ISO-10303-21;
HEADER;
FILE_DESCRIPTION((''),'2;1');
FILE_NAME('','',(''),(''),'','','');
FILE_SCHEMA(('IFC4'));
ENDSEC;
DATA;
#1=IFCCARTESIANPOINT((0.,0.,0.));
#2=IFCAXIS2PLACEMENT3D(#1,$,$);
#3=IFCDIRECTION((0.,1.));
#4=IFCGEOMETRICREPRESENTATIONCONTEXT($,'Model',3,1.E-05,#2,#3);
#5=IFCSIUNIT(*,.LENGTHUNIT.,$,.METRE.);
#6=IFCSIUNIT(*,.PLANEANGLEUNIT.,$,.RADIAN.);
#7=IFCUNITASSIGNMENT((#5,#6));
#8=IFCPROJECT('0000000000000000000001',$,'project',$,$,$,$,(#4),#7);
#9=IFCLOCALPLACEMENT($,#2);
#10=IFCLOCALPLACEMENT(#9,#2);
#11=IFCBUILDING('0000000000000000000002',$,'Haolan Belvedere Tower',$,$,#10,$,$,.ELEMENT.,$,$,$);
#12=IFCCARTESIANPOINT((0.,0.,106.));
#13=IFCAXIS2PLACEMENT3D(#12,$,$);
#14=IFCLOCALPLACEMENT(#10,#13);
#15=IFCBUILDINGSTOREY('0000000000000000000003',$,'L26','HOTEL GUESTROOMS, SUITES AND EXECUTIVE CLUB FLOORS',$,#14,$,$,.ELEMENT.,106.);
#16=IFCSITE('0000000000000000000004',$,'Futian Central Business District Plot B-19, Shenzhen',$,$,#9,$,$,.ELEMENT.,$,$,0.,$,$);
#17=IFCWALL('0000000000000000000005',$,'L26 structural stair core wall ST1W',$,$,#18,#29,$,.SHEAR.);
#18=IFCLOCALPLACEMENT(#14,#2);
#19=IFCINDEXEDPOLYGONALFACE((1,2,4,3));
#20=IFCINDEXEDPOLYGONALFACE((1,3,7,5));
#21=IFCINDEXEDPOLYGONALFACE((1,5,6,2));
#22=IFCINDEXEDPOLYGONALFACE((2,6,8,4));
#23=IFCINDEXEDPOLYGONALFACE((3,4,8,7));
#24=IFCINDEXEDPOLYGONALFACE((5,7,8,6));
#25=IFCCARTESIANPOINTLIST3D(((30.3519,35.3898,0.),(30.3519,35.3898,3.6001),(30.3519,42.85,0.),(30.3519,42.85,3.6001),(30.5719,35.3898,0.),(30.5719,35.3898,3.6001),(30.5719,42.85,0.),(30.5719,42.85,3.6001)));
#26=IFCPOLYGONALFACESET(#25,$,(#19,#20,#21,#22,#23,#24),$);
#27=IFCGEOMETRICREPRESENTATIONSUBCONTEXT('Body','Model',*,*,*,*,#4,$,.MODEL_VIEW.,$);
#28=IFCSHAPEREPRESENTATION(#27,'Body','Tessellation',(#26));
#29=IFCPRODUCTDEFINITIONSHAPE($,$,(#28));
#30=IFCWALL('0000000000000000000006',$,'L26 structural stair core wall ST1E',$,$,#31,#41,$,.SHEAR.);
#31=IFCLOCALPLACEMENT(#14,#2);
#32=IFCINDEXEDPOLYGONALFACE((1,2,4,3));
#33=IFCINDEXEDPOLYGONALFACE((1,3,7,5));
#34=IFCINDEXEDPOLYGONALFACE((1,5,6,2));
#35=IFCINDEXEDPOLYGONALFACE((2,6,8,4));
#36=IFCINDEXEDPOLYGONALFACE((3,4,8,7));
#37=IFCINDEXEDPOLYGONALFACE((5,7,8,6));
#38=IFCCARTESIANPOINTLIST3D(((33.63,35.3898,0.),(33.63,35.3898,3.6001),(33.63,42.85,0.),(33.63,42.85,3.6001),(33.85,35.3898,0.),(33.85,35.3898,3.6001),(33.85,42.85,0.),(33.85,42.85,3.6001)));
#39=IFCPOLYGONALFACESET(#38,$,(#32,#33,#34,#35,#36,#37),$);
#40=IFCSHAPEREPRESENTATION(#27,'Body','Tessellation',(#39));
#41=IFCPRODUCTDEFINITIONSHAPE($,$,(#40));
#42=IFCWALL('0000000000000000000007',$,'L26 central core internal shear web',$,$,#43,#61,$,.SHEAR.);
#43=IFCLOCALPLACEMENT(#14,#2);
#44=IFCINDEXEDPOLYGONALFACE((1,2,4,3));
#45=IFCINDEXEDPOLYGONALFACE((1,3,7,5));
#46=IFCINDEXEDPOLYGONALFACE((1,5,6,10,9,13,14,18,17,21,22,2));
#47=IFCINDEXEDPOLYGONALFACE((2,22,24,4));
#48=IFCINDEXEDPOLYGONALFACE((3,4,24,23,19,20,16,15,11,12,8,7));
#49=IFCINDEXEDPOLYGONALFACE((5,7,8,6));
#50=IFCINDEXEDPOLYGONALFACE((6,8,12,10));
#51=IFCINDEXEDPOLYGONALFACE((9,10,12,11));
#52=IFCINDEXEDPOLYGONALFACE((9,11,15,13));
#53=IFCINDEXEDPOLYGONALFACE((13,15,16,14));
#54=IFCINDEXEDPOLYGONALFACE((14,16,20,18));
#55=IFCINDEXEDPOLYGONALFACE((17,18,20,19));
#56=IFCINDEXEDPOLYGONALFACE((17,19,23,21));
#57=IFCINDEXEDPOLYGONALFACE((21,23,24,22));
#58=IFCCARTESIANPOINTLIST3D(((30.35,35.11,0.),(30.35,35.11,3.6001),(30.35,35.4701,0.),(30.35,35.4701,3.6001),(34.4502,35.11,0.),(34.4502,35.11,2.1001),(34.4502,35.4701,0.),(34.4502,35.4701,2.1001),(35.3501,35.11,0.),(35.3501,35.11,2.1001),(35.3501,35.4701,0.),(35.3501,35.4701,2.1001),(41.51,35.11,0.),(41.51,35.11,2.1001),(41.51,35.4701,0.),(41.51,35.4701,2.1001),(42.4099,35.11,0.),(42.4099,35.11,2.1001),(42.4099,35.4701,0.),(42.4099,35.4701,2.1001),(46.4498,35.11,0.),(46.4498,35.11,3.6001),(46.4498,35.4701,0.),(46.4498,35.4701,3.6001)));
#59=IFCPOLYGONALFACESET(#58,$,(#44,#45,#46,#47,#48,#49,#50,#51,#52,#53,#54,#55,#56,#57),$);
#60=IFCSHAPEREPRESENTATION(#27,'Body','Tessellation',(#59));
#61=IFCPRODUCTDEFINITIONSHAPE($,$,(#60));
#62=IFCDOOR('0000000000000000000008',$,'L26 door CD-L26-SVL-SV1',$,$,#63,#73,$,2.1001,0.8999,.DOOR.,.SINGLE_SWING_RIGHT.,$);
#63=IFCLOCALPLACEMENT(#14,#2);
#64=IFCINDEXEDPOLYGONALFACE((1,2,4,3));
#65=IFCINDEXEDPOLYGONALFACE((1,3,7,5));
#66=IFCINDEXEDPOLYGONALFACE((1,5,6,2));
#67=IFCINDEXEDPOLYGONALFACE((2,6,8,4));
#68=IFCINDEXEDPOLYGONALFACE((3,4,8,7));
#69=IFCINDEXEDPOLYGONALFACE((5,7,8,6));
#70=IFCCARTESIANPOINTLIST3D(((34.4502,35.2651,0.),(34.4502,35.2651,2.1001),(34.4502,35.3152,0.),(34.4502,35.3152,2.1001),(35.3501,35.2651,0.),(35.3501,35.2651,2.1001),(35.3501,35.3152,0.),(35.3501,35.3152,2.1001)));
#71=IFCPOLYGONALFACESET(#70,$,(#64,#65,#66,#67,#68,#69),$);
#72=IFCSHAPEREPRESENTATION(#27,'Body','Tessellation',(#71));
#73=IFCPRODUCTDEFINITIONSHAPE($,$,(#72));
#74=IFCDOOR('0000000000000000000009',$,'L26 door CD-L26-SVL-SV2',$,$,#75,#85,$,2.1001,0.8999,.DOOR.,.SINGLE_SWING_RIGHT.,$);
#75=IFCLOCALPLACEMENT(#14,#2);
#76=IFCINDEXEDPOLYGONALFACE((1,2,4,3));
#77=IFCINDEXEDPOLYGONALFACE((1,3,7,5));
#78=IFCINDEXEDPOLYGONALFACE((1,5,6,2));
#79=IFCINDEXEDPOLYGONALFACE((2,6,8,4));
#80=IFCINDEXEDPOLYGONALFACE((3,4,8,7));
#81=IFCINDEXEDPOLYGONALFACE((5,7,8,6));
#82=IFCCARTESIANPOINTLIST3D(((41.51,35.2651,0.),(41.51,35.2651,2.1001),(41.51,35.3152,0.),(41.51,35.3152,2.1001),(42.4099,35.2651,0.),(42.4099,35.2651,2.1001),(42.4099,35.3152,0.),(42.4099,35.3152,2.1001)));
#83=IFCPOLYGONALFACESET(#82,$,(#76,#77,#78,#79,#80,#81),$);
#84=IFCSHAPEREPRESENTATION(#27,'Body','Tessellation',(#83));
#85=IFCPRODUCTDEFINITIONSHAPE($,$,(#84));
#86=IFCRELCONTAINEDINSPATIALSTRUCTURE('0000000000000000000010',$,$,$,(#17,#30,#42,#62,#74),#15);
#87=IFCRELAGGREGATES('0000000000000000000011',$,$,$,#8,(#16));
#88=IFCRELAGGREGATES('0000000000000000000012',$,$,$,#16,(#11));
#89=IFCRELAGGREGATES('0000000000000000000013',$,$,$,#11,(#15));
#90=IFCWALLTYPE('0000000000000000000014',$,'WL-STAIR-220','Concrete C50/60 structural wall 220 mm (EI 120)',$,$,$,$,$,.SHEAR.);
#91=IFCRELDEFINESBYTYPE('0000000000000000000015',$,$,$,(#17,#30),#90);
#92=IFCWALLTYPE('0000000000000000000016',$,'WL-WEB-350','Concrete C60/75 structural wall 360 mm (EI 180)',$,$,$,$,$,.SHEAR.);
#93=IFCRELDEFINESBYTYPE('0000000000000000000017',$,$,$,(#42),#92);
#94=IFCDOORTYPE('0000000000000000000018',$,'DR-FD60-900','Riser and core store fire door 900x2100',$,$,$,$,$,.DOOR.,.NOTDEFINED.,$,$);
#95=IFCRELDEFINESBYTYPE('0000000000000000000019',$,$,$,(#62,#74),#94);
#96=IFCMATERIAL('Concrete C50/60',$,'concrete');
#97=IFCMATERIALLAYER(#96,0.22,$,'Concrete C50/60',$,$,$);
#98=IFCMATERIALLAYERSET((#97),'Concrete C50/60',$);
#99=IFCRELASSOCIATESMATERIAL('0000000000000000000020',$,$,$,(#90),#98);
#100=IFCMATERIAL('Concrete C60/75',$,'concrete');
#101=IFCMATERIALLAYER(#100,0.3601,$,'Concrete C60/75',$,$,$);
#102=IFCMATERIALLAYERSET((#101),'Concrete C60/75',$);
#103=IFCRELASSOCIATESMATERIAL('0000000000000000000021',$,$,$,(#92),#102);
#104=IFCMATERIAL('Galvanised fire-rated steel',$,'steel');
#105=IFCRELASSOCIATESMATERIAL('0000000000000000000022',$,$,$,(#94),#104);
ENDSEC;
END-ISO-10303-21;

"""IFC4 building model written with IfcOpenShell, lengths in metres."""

from ifc_helpers import new_model, si_unit, direction, frame, frame_2d, origin, place, context, subcontext, project, spatial, rectangle, extrude, material, layer, layer_set, type_object, element, fill, save


model = new_model("IFC4")

# Units and contexts
model_context = context("Model", 3, precision=1e-05, world=origin(), true_north=direction((0.0, 1.0)))
body_context = subcontext(model_context, "Body", "Model", "MODEL_VIEW")
ifc_project = project(units=[si_unit("LENGTHUNIT", "METRE"), si_unit("PLANEANGLEUNIT", "RADIAN")], contexts=[model_context])

# Site, building, storey
site_placement = place(None, origin())
site = spatial("IfcSite", under=ifc_project, at=site_placement, Name="Futian Central Business District Plot B-19, Shenzhen", CompositionType="ELEMENT", RefElevation=0.0)
building_placement = place(site_placement, origin())
building = spatial("IfcBuilding", under=site, at=building_placement, Name="Haolan Belvedere Tower", CompositionType="ELEMENT")
storey_placement = place(building_placement, frame((0.0, 0.0, 106.0)))
storey = spatial("IfcBuildingStorey", under=building, at=storey_placement, Name="L26", Description="HOTEL GUESTROOMS, SUITES AND EXECUTIVE CLUB FLOORS", CompositionType="ELEMENT", Elevation=106.0)

# Shared definitions
ifc_material_1 = material(Name="Concrete C60/75", Category="concrete")

# Walls
ifc_material_2 = material(Name="Concrete C50/60", Category="concrete")
ifc_layer_1 = layer(ifc_material_2, 0.22, Name="Concrete C50/60")
ifc_layer_set_1 = layer_set([ifc_layer_1], Name="Concrete C50/60")
wall_type_1 = type_object("IfcWallType", Name="WL-STAIR-220", Description="Concrete C50/60 structural wall 220 mm (EI 120)", PredefinedType="SHEAR", material=ifc_layer_set_1)
for number, where, z_axis, x_axis, name in (
    (1, (30.4619, 35.3899, 0.0), (0.0, 0.0, 1.0), (0.0, 1.0, 0.0), "L26 structural stair core wall ST1W"),
    (2, (33.74, 35.3899, 0.0), (0.0, 0.0, 1.0), (0.0, 1.0, 0.0), "L26 structural stair core wall ST1E"),
):
    element("IfcWall", number, at=place(storey_placement, frame(where, z_axis=z_axis, x_axis=x_axis)), inside=storey, type_object=wall_type_1, Name=name, PredefinedType="SHEAR", context=body_context, shape_type="SweptSolid", body=[
        extrude(rectangle(XDim=7.4602, YDim=0.22, at=frame_2d((3.73, 0.0))), origin(), (0.0, 0.0, 1.0), 3.6001),
    ])

# Wall, openings, doors
ifc_layer_2 = layer(ifc_material_1, 0.3601, Name="Concrete C60/75")
ifc_layer_set_2 = layer_set([ifc_layer_2], Name="Concrete C60/75")
wall_type_2 = type_object("IfcWallType", Name="WL-WEB-350", Description="Concrete C60/75 structural wall 360 mm (EI 180)", PredefinedType="SHEAR", material=ifc_layer_set_2)
wall_1_placement = place(storey_placement, frame((30.3501, 35.29, 0.0), z_axis=(0.0, 0.0, 1.0), x_axis=(1.0, 0.0, 0.0)))
wall_1 = element("IfcWall", 3, at=wall_1_placement, inside=storey, type_object=wall_type_2, Name="L26 central core internal shear web", PredefinedType="SHEAR", context=body_context, shape_type="SweptSolid", body=[
    extrude(rectangle(XDim=16.0999, YDim=0.3601, at=frame_2d((8.0498, 0.0))), origin(), (0.0, 0.0, 1.0), 3.6001),
])
opening_1_placement = place(wall_1_placement, frame((5.0, 0.0, 0.0), z_axis=(0.0, 0.0, 1.0), x_axis=(-1.0, 0.0, 0.0)))
opening_1 = element("IfcOpeningElement", 4, at=opening_1_placement, cuts=wall_1, PredefinedType="OPENING", context=body_context, shape_type="SweptSolid", body=[
    extrude(rectangle(XDim=0.8999, YDim=2.1001, at=frame_2d((0.45, 1.05))), frame((0.0, 0.1899, 0.0), z_axis=(0.0, -1.0, 0.0), x_axis=(1.0, 0.0, 0.0)), (0.0, 0.0, 1.0), 0.3801),
])
opening_2_placement = place(wall_1_placement, frame((12.0598, 0.0, 0.0), z_axis=(0.0, 0.0, 1.0), x_axis=(-1.0, 0.0, 0.0)))
opening_2 = element("IfcOpeningElement", 5, at=opening_2_placement, cuts=wall_1, PredefinedType="OPENING", context=body_context, shape_type="SweptSolid", body=[
    extrude(rectangle(XDim=0.8999, YDim=2.1001, at=frame_2d((0.45, 1.05))), frame((0.0, 0.1899, 0.0), z_axis=(0.0, -1.0, 0.0), x_axis=(1.0, 0.0, 0.0)), (0.0, 0.0, 1.0), 0.3801),
])
ifc_material_3 = material(Name="Galvanised fire-rated steel", Category="steel")
door_type_1 = type_object("IfcDoorType", Name="DR-FD60-900", Description="Riser and core store fire door 900x2100", OperationType="NOTDEFINED", PredefinedType="DOOR", material=ifc_material_3)
door_1_placement = place(opening_1_placement, origin())
door_1 = element("IfcDoor", 6, at=door_1_placement, inside=storey, type_object=door_type_1, Name="L26 door CD-L26-SVL-SV1", OperationType="SINGLE_SWING_RIGHT", OverallHeight=2.1001, OverallWidth=0.8999, PredefinedType="DOOR", context=body_context, shape_type="SweptSolid", body=[
    extrude(rectangle(XDim=0.8999, YDim=2.1001, at=frame_2d((0.45, 1.05))), frame((0.0, 0.0249, 0.0), z_axis=(0.0, -1.0, 0.0), x_axis=(1.0, 0.0, 0.0)), (0.0, 0.0, 1.0), 0.05),
])
fill(opening_1, door_1)
door_2_placement = place(opening_2_placement, origin())
door_2 = element("IfcDoor", 7, at=door_2_placement, inside=storey, type_object=door_type_1, Name="L26 door CD-L26-SVL-SV2", OperationType="SINGLE_SWING_RIGHT", OverallHeight=2.1001, OverallWidth=0.8999, PredefinedType="DOOR", context=body_context, shape_type="SweptSolid", body=[
    extrude(rectangle(XDim=0.8999, YDim=2.1001, at=frame_2d((0.45, 1.05))), frame((0.0, 0.0249, 0.0), z_axis=(0.0, -1.0, 0.0), x_axis=(1.0, 0.0, 0.0)), (0.0, 0.0, 1.0), 0.05),
])
fill(opening_2, door_2)

save(model, "model.ifc")
